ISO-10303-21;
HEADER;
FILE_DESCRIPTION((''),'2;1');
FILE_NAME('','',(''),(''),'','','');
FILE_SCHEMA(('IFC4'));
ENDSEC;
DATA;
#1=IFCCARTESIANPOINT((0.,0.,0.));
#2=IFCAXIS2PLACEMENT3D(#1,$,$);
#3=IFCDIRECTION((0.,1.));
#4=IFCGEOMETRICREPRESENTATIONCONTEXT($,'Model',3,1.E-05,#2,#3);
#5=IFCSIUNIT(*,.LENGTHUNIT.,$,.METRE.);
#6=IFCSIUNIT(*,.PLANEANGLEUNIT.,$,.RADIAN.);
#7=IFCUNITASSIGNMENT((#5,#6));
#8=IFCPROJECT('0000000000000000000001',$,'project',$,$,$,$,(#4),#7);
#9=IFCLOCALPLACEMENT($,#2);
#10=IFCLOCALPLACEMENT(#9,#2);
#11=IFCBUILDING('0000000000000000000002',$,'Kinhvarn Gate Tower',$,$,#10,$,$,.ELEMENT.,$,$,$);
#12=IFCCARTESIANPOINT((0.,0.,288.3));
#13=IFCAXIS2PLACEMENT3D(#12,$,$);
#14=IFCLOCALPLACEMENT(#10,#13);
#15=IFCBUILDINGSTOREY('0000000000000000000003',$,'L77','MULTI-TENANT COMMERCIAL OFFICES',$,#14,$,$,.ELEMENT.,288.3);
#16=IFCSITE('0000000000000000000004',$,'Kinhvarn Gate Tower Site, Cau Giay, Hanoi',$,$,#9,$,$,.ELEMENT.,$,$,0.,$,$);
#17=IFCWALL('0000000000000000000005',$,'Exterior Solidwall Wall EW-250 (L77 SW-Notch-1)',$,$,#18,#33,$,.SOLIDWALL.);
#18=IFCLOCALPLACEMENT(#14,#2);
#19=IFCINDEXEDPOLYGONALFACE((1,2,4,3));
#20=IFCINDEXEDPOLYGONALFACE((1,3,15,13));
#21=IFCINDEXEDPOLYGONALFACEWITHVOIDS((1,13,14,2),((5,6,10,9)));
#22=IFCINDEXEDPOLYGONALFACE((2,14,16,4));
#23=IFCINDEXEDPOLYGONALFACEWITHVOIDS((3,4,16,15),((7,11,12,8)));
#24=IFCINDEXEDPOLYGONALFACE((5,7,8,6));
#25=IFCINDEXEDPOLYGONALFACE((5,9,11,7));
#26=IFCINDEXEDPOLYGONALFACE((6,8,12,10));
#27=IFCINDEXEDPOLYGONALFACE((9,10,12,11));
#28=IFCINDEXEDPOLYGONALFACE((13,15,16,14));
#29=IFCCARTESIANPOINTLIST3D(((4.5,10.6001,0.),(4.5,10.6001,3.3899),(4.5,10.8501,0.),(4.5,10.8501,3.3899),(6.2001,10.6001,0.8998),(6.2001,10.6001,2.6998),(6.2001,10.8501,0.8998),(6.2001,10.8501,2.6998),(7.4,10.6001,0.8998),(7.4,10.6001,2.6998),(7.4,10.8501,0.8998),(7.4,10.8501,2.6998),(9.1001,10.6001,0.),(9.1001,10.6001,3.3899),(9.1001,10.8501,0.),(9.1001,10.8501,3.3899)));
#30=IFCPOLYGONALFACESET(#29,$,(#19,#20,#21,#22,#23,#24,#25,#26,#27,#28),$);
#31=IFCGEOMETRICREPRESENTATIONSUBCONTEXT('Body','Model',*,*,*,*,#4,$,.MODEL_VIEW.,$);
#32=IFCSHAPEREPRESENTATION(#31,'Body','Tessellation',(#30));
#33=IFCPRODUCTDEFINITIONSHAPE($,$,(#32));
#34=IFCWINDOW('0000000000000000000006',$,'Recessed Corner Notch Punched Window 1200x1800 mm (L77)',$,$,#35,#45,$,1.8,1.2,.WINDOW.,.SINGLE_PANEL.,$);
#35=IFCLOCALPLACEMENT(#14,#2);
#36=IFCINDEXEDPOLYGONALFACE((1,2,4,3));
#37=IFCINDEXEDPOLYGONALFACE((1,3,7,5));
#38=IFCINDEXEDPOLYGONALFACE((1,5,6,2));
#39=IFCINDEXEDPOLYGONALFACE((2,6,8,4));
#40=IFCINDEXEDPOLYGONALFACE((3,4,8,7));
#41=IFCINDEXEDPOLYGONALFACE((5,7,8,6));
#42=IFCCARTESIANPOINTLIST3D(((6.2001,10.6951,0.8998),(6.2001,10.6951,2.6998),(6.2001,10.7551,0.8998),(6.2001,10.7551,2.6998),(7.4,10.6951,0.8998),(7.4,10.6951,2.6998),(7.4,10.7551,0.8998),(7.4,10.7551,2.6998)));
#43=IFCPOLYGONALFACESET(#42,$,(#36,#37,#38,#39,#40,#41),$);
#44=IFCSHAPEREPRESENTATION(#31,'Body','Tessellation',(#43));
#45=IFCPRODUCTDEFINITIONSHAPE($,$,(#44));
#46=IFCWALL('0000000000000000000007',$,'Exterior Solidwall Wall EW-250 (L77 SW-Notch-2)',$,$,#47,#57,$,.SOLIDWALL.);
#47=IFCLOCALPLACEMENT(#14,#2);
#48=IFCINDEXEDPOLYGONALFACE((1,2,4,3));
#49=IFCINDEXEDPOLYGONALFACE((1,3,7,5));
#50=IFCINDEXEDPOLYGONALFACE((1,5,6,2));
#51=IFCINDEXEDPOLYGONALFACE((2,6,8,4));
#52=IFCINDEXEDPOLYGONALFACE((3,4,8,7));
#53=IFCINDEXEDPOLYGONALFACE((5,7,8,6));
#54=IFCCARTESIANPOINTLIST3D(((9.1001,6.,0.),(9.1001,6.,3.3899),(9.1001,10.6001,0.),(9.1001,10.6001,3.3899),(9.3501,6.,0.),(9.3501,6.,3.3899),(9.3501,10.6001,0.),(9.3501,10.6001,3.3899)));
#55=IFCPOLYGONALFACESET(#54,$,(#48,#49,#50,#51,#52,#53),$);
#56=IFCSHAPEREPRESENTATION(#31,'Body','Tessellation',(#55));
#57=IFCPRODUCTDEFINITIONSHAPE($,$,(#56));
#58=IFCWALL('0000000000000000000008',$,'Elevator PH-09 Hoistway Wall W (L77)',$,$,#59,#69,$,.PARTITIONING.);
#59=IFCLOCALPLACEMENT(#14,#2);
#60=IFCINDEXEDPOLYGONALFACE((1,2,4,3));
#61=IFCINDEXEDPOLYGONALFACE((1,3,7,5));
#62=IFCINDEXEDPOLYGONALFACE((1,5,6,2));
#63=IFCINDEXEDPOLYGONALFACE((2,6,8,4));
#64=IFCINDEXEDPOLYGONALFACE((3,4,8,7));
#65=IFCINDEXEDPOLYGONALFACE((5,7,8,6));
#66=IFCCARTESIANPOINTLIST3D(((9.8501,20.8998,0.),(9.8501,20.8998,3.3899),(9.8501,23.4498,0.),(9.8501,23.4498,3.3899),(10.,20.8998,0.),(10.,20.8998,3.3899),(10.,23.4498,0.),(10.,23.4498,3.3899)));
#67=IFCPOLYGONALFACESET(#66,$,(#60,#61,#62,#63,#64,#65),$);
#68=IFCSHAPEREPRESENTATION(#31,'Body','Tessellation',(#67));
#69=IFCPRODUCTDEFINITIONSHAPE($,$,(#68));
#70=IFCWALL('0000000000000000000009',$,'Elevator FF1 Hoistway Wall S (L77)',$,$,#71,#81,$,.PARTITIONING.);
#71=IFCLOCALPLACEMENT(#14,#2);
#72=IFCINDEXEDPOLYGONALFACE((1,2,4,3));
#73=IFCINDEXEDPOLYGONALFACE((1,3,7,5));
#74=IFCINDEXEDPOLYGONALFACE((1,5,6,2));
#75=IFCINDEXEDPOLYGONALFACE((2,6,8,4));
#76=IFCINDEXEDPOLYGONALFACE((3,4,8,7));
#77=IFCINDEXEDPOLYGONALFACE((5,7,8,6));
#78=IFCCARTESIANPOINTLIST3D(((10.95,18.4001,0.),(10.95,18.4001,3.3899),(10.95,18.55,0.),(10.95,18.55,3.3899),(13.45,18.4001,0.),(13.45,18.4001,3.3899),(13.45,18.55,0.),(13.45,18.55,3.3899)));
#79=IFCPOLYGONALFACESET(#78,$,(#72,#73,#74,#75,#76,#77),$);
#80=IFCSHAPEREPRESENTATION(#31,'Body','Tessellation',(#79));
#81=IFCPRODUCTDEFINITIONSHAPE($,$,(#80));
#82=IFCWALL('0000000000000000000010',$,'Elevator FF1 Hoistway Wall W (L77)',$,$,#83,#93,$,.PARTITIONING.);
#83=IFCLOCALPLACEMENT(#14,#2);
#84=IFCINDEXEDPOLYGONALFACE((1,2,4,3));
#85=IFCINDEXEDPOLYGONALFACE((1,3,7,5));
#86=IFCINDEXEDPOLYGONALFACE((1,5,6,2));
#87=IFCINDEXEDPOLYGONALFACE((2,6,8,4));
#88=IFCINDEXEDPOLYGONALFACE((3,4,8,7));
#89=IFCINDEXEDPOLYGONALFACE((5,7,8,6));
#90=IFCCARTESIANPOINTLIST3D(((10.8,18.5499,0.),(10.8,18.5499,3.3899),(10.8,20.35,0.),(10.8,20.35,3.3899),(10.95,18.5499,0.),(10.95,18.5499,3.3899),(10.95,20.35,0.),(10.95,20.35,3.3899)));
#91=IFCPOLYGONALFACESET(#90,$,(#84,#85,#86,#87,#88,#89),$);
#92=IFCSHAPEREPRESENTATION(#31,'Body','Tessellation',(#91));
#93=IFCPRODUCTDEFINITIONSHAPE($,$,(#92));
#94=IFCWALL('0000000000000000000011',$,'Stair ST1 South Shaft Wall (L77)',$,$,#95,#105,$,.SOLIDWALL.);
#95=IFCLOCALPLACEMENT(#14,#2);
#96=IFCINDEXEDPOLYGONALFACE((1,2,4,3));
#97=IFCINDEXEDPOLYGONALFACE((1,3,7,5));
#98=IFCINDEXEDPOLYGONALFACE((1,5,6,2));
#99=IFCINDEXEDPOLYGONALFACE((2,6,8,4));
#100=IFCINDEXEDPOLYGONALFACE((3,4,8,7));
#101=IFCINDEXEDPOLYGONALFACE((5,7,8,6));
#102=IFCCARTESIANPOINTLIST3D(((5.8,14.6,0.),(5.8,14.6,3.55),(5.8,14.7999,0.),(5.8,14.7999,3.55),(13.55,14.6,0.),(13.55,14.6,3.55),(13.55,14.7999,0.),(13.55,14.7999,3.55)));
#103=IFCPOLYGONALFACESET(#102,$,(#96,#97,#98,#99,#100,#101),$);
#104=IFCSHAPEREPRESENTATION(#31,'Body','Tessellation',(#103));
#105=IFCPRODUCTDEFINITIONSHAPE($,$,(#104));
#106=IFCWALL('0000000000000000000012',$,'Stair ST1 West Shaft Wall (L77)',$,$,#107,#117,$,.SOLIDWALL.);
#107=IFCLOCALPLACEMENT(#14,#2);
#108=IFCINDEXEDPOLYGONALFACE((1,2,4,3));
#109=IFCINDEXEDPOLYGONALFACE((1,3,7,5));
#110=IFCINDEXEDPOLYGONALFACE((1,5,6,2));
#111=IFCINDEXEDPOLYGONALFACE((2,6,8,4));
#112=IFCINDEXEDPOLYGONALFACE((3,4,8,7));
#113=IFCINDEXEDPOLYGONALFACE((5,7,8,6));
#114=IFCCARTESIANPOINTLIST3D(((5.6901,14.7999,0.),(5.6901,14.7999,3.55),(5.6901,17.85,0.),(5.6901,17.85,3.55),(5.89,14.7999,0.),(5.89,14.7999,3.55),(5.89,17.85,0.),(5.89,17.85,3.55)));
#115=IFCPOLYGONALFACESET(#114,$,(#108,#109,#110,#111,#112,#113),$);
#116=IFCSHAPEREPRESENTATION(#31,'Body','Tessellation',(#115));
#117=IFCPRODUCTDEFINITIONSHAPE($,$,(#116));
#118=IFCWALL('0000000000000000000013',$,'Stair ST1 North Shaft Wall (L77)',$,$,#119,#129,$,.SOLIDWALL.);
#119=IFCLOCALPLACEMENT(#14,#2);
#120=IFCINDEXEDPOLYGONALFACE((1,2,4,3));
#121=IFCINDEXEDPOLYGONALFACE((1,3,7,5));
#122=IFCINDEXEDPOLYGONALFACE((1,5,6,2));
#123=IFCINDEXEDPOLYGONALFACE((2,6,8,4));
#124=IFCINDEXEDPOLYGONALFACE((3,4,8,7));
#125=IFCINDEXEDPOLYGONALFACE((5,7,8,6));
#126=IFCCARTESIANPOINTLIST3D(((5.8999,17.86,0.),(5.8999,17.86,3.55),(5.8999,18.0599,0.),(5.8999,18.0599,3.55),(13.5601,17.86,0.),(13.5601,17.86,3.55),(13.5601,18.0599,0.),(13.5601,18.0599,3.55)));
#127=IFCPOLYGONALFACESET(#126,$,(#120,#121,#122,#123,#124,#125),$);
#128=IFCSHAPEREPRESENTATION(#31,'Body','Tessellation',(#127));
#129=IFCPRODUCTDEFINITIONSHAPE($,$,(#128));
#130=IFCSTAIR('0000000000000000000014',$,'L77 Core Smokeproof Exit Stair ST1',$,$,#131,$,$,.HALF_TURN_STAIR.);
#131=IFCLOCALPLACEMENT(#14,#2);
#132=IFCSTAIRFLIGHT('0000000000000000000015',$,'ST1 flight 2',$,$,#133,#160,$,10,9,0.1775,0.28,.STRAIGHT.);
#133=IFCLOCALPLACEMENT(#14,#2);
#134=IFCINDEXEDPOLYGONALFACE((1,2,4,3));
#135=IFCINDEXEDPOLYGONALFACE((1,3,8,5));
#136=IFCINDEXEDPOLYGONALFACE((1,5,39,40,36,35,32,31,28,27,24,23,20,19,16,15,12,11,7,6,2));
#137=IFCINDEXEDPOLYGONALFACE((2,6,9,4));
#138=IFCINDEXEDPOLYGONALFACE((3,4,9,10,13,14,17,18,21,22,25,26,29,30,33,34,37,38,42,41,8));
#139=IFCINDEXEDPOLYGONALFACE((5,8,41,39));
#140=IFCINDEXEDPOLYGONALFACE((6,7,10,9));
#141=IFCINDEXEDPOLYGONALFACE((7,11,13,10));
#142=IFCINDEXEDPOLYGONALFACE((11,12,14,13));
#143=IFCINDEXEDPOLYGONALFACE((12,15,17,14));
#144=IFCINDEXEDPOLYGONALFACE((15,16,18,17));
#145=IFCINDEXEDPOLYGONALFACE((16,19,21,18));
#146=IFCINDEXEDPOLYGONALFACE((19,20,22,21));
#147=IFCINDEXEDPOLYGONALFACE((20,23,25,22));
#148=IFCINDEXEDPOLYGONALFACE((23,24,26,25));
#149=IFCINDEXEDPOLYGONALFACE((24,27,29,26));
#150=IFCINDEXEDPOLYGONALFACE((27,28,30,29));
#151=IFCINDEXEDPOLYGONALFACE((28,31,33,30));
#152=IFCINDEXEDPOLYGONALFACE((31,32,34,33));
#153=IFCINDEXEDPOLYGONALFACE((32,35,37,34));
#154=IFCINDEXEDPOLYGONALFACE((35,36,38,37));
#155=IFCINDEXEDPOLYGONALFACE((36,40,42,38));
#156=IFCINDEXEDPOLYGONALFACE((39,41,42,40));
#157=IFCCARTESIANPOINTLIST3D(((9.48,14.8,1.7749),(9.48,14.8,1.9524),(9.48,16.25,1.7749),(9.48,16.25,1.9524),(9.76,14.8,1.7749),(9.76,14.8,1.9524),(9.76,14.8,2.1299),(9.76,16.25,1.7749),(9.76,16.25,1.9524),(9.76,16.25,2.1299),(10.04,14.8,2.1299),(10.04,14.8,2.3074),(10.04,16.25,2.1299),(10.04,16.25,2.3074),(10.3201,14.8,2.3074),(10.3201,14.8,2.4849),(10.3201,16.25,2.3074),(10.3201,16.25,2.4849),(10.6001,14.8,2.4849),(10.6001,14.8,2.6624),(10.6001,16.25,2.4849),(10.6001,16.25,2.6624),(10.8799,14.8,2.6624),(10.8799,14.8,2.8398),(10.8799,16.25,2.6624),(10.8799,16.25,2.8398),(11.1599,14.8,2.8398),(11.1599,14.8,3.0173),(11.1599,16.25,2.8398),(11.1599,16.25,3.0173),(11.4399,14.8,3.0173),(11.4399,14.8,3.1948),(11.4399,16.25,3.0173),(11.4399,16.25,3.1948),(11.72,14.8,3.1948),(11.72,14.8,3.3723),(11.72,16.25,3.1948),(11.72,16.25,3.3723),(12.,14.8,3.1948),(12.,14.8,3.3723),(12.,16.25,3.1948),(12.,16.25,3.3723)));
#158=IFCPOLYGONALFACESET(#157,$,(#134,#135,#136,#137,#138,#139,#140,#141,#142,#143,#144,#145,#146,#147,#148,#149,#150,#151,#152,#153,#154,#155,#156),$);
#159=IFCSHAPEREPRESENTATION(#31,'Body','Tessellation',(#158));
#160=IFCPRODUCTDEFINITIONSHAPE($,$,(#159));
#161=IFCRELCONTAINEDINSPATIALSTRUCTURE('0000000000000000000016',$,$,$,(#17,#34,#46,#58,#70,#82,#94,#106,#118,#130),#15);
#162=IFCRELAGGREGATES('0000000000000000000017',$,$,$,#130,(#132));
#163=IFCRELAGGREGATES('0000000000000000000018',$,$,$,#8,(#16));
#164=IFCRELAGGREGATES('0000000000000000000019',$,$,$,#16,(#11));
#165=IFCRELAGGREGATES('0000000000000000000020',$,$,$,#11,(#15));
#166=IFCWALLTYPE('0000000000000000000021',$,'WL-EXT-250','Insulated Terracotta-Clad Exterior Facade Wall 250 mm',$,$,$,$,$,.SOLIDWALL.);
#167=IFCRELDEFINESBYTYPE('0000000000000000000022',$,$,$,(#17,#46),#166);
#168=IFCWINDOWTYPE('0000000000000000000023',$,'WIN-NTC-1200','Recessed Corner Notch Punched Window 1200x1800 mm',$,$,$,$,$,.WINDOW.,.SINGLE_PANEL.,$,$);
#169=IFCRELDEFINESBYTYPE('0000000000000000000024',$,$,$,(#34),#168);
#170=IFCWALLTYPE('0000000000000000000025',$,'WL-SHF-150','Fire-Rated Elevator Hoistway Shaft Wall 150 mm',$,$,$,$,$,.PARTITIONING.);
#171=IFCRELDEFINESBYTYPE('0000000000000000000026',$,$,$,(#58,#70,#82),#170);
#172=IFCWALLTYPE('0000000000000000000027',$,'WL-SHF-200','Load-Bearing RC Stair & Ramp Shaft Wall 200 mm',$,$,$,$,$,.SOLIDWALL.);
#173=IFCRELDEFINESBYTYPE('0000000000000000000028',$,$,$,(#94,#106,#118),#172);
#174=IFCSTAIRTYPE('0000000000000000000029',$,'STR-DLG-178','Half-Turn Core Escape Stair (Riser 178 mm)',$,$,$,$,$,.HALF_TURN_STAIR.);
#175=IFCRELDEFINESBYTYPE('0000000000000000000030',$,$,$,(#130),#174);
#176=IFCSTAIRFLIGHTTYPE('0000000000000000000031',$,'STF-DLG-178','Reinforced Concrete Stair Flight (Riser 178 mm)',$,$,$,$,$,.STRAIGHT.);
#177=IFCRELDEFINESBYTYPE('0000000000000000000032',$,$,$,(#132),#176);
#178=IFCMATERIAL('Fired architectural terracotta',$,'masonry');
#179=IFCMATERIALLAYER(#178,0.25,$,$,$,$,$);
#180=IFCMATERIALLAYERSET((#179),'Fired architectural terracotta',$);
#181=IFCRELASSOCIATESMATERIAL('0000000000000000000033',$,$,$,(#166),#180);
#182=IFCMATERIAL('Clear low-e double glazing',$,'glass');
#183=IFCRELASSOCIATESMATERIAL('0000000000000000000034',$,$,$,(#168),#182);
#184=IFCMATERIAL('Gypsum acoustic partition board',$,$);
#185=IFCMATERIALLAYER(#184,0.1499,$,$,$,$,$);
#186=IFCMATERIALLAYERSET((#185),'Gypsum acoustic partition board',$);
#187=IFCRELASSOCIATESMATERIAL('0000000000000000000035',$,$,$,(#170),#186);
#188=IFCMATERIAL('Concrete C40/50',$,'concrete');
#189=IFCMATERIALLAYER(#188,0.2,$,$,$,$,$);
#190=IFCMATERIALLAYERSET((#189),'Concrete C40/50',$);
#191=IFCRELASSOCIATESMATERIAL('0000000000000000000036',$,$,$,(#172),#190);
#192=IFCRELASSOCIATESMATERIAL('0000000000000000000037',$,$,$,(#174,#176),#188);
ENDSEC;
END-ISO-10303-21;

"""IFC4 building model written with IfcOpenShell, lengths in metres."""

from ifc_helpers import new_model, si_unit, direction, frame, frame_2d, origin, place, context, subcontext, project, spatial, polyline, rectangle, outline, extrude, material, layer, layer_set, type_object, element, fill, aggregate, save


model = new_model("IFC4")

# Units and contexts
model_context = context("Model", 3, precision=1e-05, world=origin(), true_north=direction((0.0, 1.0)))
body_context = subcontext(model_context, "Body", "Model", "MODEL_VIEW")
ifc_project = project(units=[si_unit("LENGTHUNIT", "METRE"), si_unit("PLANEANGLEUNIT", "RADIAN")], contexts=[model_context])

# Site, building, storey
site_placement = place(None, origin())
site = spatial("IfcSite", under=ifc_project, at=site_placement, Name="Kinhvarn Gate Tower Site, Cau Giay, Hanoi", CompositionType="ELEMENT", RefElevation=0.0)
building_placement = place(site_placement, origin())
building = spatial("IfcBuilding", under=site, at=building_placement, Name="Kinhvarn Gate Tower", CompositionType="ELEMENT")
storey_placement = place(building_placement, frame((0.0, 0.0, 288.3)))
storey = spatial("IfcBuildingStorey", under=building, at=storey_placement, Name="L77", Description="MULTI-TENANT COMMERCIAL OFFICES", CompositionType="ELEMENT", Elevation=288.3)

# Wall, opening, window
ifc_material_1 = material(Name="Fired architectural terracotta", Category="masonry")
ifc_layer_1 = layer(ifc_material_1, 0.25)
ifc_layer_set_1 = layer_set([ifc_layer_1], Name="Fired architectural terracotta")
wall_type_1 = type_object("IfcWallType", Name="WL-EXT-250", Description="Insulated Terracotta-Clad Exterior Facade Wall 250 mm", PredefinedType="SOLIDWALL", material=ifc_layer_set_1)
ifc_material_2 = material(Name="Clear low-e double glazing", Category="glass")
wall_1_placement = place(storey_placement, frame((4.5, 10.7251, 0.0), z_axis=(0.0, 0.0, 1.0), x_axis=(1.0, 0.0, 0.0)))
wall_1 = element("IfcWall", 1, at=wall_1_placement, inside=storey, type_object=wall_type_1, Name="Exterior Solidwall Wall EW-250 (L77 SW-Notch-1)", PredefinedType="SOLIDWALL", context=body_context, shape_type="SweptSolid", body=[
    extrude(rectangle(XDim=4.6001, YDim=0.25, at=frame_2d((2.3, 0.0))), origin(), (0.0, 0.0, 1.0), 3.3899),
])
opening_1_placement = place(wall_1_placement, frame((1.7, 0.0, 0.8999)))
opening_1 = element("IfcOpeningElement", 2, at=opening_1_placement, cuts=wall_1, PredefinedType="OPENING", context=body_context, shape_type="SweptSolid", body=[
    extrude(rectangle(XDim=1.2, YDim=1.8, at=frame_2d((0.6001, 0.8999))), frame((0.0, 0.135, 0.0), z_axis=(0.0, -1.0, 0.0), x_axis=(1.0, 0.0, 0.0)), (0.0, 0.0, 1.0), 0.27),
])
window_type_1 = type_object("IfcWindowType", Name="WIN-NTC-1200", Description="Recessed Corner Notch Punched Window 1200x1800 mm", PartitioningType="SINGLE_PANEL", PredefinedType="WINDOW", material=ifc_material_2)
window_1_placement = place(opening_1_placement, origin())
window_1 = element("IfcWindow", 3, at=window_1_placement, inside=storey, type_object=window_type_1, Name="Recessed Corner Notch Punched Window 1200x1800 mm (L77)", OverallHeight=1.8, OverallWidth=1.2, PartitioningType="SINGLE_PANEL", PredefinedType="WINDOW", context=body_context, shape_type="SweptSolid", body=[
    extrude(rectangle(XDim=1.2, YDim=1.8, at=frame_2d((0.6001, 0.8999))), frame((0.0, 0.03, 0.0), z_axis=(0.0, -1.0, 0.0), x_axis=(1.0, 0.0, 0.0)), (0.0, 0.0, 1.0), 0.0601),
])
fill(opening_1, window_1)

# Walls
wall_2_placement = place(storey_placement, frame((9.2251, 10.6001, 0.0), z_axis=(0.0, 0.0, 1.0), x_axis=(0.0, -1.0, 0.0)))
element("IfcWall", 4, at=wall_2_placement, inside=storey, type_object=wall_type_1, Name="Exterior Solidwall Wall EW-250 (L77 SW-Notch-2)", PredefinedType="SOLIDWALL", context=body_context, shape_type="SweptSolid", body=[
    extrude(rectangle(XDim=4.6001, YDim=0.25, at=frame_2d((2.3, 0.0))), origin(), (0.0, 0.0, 1.0), 3.3899),
])
ifc_material_3 = material(Name="Gypsum acoustic partition board")
ifc_layer_2 = layer(ifc_material_3, 0.1499)
ifc_layer_set_2 = layer_set([ifc_layer_2], Name="Gypsum acoustic partition board")
wall_type_2 = type_object("IfcWallType", Name="WL-SHF-150", Description="Fire-Rated Elevator Hoistway Shaft Wall 150 mm", PredefinedType="PARTITIONING", material=ifc_layer_set_2)
wall_3_placement = place(storey_placement, frame((9.925, 20.8999, 0.0), z_axis=(0.0, 0.0, 1.0), x_axis=(0.0, 1.0, 0.0)))
element("IfcWall", 5, at=wall_3_placement, inside=storey, type_object=wall_type_2, Name="Elevator PH-09 Hoistway Wall W (L77)", PredefinedType="PARTITIONING", context=body_context, shape_type="SweptSolid", body=[
    extrude(rectangle(XDim=2.55, YDim=0.1499, at=frame_2d((1.2749, 0.0))), origin(), (0.0, 0.0, 1.0), 3.3899),
])
wall_4_placement = place(storey_placement, frame((10.95, 18.4751, 0.0), z_axis=(0.0, 0.0, 1.0), x_axis=(1.0, 0.0, 0.0)))
element("IfcWall", 6, at=wall_4_placement, inside=storey, type_object=wall_type_2, Name="Elevator FF1 Hoistway Wall S (L77)", PredefinedType="PARTITIONING", context=body_context, shape_type="SweptSolid", body=[
    extrude(rectangle(XDim=2.5, YDim=0.1499, at=frame_2d((1.25, 0.0))), origin(), (0.0, 0.0, 1.0), 3.3899),
])
wall_5_placement = place(storey_placement, frame((10.875, 18.55, 0.0), z_axis=(0.0, 0.0, 1.0), x_axis=(0.0, 1.0, 0.0)))
element("IfcWall", 7, at=wall_5_placement, inside=storey, type_object=wall_type_2, Name="Elevator FF1 Hoistway Wall W (L77)", PredefinedType="PARTITIONING", context=body_context, shape_type="SweptSolid", body=[
    extrude(rectangle(XDim=1.8, YDim=0.1499, at=frame_2d((0.8999, 0.0))), origin(), (0.0, 0.0, 1.0), 3.3899),
])
ifc_material_4 = material(Name="Concrete C40/50", Category="concrete")
ifc_layer_3 = layer(ifc_material_4, 0.2)
ifc_layer_set_3 = layer_set([ifc_layer_3], Name="Concrete C40/50")
wall_type_3 = type_object("IfcWallType", Name="WL-SHF-200", Description="Load-Bearing RC Stair & Ramp Shaft Wall 200 mm", PredefinedType="SOLIDWALL", material=ifc_layer_set_3)
wall_6_placement = place(storey_placement, frame((5.8, 14.7, 0.0), z_axis=(0.0, 0.0, 1.0), x_axis=(1.0, 0.0, 0.0)))
element("IfcWall", 8, at=wall_6_placement, inside=storey, type_object=wall_type_3, Name="Stair ST1 South Shaft Wall (L77)", PredefinedType="SOLIDWALL", context=body_context, shape_type="SweptSolid", body=[
    extrude(rectangle(XDim=7.75, YDim=0.2, at=frame_2d((3.875, 0.0))), origin(), (0.0, 0.0, 1.0), 3.55),
])
wall_7_placement = place(storey_placement, frame((5.79, 14.8, 0.0), z_axis=(0.0, 0.0, 1.0), x_axis=(0.0, 1.0, 0.0)))
element("IfcWall", 9, at=wall_7_placement, inside=storey, type_object=wall_type_3, Name="Stair ST1 West Shaft Wall (L77)", PredefinedType="SOLIDWALL", context=body_context, shape_type="SweptSolid", body=[
    extrude(rectangle(XDim=3.05, YDim=0.2, at=frame_2d((1.5249, 0.0))), origin(), (0.0, 0.0, 1.0), 3.55),
])
wall_8_placement = place(storey_placement, frame((5.8999, 17.96, 0.0), z_axis=(0.0, 0.0, 1.0), x_axis=(1.0, 0.0, 0.0)))
element("IfcWall", 10, at=wall_8_placement, inside=storey, type_object=wall_type_3, Name="Stair ST1 North Shaft Wall (L77)", PredefinedType="SOLIDWALL", context=body_context, shape_type="SweptSolid", body=[
    extrude(rectangle(XDim=7.6602, YDim=0.2, at=frame_2d((3.8301, 0.0))), origin(), (0.0, 0.0, 1.0), 3.55),
])

# Stair, stair flight
stair_type = type_object("IfcStairType", Name="STR-DLG-178", Description="Half-Turn Core Escape Stair (Riser 178 mm)", PredefinedType="HALF_TURN_STAIR", material=ifc_material_4)
stair_placement = place(storey_placement, origin())
stair = element("IfcStair", 11, at=stair_placement, inside=storey, type_object=stair_type, Name="L77 Core Smokeproof Exit Stair ST1", PredefinedType="HALF_TURN_STAIR")
stair_flight_type = type_object("IfcStairFlightType", Name="STF-DLG-178", Description="Reinforced Concrete Stair Flight (Riser 178 mm)", PredefinedType="STRAIGHT", material=ifc_material_4)
stair_flight_placement = place(storey_placement, frame((9.48, 15.5249, 1.7749), z_axis=(0.0, 0.0, 1.0), x_axis=(1.0, 0.0, 0.0)))
stair_flight = element("IfcStairFlight", 12, at=stair_flight_placement, type_object=stair_flight_type, Name="ST1 flight 2", NumberOfRisers=10, NumberOfTreads=9, PredefinedType="STRAIGHT", RiserHeight=0.1775, TreadLength=0.28, context=body_context, shape_type="SweptSolid", body=[
    extrude(outline(polyline([(0.0, 0.0), (0.0, 0.1775), (0.28, 0.1775), (0.28, 0.355), (0.5601, 0.355), (0.5601, 0.5325), (0.8401, 0.5325), (0.8401, 0.71), (1.1201, 0.71), (1.1201, 0.8875), (1.3999, 0.8875), (1.3999, 1.0649), (1.6799, 1.0649), (1.6799, 1.2424), (1.96, 1.2424), (1.96, 1.4199), (2.24, 1.4199), (2.24, 1.5974), (2.52, 1.5974), (2.52, 1.7749), (2.52, 1.4199), (0.28, 0.0), (0.0, 0.0)])), frame((0.0, 0.7251, 0.0), z_axis=(0.0, -1.0, 0.0), x_axis=(1.0, 0.0, 0.0)), (0.0, 0.0, 1.0), 1.45),
])
aggregate(stair, [stair_flight])

save(model, "model.ifc")
